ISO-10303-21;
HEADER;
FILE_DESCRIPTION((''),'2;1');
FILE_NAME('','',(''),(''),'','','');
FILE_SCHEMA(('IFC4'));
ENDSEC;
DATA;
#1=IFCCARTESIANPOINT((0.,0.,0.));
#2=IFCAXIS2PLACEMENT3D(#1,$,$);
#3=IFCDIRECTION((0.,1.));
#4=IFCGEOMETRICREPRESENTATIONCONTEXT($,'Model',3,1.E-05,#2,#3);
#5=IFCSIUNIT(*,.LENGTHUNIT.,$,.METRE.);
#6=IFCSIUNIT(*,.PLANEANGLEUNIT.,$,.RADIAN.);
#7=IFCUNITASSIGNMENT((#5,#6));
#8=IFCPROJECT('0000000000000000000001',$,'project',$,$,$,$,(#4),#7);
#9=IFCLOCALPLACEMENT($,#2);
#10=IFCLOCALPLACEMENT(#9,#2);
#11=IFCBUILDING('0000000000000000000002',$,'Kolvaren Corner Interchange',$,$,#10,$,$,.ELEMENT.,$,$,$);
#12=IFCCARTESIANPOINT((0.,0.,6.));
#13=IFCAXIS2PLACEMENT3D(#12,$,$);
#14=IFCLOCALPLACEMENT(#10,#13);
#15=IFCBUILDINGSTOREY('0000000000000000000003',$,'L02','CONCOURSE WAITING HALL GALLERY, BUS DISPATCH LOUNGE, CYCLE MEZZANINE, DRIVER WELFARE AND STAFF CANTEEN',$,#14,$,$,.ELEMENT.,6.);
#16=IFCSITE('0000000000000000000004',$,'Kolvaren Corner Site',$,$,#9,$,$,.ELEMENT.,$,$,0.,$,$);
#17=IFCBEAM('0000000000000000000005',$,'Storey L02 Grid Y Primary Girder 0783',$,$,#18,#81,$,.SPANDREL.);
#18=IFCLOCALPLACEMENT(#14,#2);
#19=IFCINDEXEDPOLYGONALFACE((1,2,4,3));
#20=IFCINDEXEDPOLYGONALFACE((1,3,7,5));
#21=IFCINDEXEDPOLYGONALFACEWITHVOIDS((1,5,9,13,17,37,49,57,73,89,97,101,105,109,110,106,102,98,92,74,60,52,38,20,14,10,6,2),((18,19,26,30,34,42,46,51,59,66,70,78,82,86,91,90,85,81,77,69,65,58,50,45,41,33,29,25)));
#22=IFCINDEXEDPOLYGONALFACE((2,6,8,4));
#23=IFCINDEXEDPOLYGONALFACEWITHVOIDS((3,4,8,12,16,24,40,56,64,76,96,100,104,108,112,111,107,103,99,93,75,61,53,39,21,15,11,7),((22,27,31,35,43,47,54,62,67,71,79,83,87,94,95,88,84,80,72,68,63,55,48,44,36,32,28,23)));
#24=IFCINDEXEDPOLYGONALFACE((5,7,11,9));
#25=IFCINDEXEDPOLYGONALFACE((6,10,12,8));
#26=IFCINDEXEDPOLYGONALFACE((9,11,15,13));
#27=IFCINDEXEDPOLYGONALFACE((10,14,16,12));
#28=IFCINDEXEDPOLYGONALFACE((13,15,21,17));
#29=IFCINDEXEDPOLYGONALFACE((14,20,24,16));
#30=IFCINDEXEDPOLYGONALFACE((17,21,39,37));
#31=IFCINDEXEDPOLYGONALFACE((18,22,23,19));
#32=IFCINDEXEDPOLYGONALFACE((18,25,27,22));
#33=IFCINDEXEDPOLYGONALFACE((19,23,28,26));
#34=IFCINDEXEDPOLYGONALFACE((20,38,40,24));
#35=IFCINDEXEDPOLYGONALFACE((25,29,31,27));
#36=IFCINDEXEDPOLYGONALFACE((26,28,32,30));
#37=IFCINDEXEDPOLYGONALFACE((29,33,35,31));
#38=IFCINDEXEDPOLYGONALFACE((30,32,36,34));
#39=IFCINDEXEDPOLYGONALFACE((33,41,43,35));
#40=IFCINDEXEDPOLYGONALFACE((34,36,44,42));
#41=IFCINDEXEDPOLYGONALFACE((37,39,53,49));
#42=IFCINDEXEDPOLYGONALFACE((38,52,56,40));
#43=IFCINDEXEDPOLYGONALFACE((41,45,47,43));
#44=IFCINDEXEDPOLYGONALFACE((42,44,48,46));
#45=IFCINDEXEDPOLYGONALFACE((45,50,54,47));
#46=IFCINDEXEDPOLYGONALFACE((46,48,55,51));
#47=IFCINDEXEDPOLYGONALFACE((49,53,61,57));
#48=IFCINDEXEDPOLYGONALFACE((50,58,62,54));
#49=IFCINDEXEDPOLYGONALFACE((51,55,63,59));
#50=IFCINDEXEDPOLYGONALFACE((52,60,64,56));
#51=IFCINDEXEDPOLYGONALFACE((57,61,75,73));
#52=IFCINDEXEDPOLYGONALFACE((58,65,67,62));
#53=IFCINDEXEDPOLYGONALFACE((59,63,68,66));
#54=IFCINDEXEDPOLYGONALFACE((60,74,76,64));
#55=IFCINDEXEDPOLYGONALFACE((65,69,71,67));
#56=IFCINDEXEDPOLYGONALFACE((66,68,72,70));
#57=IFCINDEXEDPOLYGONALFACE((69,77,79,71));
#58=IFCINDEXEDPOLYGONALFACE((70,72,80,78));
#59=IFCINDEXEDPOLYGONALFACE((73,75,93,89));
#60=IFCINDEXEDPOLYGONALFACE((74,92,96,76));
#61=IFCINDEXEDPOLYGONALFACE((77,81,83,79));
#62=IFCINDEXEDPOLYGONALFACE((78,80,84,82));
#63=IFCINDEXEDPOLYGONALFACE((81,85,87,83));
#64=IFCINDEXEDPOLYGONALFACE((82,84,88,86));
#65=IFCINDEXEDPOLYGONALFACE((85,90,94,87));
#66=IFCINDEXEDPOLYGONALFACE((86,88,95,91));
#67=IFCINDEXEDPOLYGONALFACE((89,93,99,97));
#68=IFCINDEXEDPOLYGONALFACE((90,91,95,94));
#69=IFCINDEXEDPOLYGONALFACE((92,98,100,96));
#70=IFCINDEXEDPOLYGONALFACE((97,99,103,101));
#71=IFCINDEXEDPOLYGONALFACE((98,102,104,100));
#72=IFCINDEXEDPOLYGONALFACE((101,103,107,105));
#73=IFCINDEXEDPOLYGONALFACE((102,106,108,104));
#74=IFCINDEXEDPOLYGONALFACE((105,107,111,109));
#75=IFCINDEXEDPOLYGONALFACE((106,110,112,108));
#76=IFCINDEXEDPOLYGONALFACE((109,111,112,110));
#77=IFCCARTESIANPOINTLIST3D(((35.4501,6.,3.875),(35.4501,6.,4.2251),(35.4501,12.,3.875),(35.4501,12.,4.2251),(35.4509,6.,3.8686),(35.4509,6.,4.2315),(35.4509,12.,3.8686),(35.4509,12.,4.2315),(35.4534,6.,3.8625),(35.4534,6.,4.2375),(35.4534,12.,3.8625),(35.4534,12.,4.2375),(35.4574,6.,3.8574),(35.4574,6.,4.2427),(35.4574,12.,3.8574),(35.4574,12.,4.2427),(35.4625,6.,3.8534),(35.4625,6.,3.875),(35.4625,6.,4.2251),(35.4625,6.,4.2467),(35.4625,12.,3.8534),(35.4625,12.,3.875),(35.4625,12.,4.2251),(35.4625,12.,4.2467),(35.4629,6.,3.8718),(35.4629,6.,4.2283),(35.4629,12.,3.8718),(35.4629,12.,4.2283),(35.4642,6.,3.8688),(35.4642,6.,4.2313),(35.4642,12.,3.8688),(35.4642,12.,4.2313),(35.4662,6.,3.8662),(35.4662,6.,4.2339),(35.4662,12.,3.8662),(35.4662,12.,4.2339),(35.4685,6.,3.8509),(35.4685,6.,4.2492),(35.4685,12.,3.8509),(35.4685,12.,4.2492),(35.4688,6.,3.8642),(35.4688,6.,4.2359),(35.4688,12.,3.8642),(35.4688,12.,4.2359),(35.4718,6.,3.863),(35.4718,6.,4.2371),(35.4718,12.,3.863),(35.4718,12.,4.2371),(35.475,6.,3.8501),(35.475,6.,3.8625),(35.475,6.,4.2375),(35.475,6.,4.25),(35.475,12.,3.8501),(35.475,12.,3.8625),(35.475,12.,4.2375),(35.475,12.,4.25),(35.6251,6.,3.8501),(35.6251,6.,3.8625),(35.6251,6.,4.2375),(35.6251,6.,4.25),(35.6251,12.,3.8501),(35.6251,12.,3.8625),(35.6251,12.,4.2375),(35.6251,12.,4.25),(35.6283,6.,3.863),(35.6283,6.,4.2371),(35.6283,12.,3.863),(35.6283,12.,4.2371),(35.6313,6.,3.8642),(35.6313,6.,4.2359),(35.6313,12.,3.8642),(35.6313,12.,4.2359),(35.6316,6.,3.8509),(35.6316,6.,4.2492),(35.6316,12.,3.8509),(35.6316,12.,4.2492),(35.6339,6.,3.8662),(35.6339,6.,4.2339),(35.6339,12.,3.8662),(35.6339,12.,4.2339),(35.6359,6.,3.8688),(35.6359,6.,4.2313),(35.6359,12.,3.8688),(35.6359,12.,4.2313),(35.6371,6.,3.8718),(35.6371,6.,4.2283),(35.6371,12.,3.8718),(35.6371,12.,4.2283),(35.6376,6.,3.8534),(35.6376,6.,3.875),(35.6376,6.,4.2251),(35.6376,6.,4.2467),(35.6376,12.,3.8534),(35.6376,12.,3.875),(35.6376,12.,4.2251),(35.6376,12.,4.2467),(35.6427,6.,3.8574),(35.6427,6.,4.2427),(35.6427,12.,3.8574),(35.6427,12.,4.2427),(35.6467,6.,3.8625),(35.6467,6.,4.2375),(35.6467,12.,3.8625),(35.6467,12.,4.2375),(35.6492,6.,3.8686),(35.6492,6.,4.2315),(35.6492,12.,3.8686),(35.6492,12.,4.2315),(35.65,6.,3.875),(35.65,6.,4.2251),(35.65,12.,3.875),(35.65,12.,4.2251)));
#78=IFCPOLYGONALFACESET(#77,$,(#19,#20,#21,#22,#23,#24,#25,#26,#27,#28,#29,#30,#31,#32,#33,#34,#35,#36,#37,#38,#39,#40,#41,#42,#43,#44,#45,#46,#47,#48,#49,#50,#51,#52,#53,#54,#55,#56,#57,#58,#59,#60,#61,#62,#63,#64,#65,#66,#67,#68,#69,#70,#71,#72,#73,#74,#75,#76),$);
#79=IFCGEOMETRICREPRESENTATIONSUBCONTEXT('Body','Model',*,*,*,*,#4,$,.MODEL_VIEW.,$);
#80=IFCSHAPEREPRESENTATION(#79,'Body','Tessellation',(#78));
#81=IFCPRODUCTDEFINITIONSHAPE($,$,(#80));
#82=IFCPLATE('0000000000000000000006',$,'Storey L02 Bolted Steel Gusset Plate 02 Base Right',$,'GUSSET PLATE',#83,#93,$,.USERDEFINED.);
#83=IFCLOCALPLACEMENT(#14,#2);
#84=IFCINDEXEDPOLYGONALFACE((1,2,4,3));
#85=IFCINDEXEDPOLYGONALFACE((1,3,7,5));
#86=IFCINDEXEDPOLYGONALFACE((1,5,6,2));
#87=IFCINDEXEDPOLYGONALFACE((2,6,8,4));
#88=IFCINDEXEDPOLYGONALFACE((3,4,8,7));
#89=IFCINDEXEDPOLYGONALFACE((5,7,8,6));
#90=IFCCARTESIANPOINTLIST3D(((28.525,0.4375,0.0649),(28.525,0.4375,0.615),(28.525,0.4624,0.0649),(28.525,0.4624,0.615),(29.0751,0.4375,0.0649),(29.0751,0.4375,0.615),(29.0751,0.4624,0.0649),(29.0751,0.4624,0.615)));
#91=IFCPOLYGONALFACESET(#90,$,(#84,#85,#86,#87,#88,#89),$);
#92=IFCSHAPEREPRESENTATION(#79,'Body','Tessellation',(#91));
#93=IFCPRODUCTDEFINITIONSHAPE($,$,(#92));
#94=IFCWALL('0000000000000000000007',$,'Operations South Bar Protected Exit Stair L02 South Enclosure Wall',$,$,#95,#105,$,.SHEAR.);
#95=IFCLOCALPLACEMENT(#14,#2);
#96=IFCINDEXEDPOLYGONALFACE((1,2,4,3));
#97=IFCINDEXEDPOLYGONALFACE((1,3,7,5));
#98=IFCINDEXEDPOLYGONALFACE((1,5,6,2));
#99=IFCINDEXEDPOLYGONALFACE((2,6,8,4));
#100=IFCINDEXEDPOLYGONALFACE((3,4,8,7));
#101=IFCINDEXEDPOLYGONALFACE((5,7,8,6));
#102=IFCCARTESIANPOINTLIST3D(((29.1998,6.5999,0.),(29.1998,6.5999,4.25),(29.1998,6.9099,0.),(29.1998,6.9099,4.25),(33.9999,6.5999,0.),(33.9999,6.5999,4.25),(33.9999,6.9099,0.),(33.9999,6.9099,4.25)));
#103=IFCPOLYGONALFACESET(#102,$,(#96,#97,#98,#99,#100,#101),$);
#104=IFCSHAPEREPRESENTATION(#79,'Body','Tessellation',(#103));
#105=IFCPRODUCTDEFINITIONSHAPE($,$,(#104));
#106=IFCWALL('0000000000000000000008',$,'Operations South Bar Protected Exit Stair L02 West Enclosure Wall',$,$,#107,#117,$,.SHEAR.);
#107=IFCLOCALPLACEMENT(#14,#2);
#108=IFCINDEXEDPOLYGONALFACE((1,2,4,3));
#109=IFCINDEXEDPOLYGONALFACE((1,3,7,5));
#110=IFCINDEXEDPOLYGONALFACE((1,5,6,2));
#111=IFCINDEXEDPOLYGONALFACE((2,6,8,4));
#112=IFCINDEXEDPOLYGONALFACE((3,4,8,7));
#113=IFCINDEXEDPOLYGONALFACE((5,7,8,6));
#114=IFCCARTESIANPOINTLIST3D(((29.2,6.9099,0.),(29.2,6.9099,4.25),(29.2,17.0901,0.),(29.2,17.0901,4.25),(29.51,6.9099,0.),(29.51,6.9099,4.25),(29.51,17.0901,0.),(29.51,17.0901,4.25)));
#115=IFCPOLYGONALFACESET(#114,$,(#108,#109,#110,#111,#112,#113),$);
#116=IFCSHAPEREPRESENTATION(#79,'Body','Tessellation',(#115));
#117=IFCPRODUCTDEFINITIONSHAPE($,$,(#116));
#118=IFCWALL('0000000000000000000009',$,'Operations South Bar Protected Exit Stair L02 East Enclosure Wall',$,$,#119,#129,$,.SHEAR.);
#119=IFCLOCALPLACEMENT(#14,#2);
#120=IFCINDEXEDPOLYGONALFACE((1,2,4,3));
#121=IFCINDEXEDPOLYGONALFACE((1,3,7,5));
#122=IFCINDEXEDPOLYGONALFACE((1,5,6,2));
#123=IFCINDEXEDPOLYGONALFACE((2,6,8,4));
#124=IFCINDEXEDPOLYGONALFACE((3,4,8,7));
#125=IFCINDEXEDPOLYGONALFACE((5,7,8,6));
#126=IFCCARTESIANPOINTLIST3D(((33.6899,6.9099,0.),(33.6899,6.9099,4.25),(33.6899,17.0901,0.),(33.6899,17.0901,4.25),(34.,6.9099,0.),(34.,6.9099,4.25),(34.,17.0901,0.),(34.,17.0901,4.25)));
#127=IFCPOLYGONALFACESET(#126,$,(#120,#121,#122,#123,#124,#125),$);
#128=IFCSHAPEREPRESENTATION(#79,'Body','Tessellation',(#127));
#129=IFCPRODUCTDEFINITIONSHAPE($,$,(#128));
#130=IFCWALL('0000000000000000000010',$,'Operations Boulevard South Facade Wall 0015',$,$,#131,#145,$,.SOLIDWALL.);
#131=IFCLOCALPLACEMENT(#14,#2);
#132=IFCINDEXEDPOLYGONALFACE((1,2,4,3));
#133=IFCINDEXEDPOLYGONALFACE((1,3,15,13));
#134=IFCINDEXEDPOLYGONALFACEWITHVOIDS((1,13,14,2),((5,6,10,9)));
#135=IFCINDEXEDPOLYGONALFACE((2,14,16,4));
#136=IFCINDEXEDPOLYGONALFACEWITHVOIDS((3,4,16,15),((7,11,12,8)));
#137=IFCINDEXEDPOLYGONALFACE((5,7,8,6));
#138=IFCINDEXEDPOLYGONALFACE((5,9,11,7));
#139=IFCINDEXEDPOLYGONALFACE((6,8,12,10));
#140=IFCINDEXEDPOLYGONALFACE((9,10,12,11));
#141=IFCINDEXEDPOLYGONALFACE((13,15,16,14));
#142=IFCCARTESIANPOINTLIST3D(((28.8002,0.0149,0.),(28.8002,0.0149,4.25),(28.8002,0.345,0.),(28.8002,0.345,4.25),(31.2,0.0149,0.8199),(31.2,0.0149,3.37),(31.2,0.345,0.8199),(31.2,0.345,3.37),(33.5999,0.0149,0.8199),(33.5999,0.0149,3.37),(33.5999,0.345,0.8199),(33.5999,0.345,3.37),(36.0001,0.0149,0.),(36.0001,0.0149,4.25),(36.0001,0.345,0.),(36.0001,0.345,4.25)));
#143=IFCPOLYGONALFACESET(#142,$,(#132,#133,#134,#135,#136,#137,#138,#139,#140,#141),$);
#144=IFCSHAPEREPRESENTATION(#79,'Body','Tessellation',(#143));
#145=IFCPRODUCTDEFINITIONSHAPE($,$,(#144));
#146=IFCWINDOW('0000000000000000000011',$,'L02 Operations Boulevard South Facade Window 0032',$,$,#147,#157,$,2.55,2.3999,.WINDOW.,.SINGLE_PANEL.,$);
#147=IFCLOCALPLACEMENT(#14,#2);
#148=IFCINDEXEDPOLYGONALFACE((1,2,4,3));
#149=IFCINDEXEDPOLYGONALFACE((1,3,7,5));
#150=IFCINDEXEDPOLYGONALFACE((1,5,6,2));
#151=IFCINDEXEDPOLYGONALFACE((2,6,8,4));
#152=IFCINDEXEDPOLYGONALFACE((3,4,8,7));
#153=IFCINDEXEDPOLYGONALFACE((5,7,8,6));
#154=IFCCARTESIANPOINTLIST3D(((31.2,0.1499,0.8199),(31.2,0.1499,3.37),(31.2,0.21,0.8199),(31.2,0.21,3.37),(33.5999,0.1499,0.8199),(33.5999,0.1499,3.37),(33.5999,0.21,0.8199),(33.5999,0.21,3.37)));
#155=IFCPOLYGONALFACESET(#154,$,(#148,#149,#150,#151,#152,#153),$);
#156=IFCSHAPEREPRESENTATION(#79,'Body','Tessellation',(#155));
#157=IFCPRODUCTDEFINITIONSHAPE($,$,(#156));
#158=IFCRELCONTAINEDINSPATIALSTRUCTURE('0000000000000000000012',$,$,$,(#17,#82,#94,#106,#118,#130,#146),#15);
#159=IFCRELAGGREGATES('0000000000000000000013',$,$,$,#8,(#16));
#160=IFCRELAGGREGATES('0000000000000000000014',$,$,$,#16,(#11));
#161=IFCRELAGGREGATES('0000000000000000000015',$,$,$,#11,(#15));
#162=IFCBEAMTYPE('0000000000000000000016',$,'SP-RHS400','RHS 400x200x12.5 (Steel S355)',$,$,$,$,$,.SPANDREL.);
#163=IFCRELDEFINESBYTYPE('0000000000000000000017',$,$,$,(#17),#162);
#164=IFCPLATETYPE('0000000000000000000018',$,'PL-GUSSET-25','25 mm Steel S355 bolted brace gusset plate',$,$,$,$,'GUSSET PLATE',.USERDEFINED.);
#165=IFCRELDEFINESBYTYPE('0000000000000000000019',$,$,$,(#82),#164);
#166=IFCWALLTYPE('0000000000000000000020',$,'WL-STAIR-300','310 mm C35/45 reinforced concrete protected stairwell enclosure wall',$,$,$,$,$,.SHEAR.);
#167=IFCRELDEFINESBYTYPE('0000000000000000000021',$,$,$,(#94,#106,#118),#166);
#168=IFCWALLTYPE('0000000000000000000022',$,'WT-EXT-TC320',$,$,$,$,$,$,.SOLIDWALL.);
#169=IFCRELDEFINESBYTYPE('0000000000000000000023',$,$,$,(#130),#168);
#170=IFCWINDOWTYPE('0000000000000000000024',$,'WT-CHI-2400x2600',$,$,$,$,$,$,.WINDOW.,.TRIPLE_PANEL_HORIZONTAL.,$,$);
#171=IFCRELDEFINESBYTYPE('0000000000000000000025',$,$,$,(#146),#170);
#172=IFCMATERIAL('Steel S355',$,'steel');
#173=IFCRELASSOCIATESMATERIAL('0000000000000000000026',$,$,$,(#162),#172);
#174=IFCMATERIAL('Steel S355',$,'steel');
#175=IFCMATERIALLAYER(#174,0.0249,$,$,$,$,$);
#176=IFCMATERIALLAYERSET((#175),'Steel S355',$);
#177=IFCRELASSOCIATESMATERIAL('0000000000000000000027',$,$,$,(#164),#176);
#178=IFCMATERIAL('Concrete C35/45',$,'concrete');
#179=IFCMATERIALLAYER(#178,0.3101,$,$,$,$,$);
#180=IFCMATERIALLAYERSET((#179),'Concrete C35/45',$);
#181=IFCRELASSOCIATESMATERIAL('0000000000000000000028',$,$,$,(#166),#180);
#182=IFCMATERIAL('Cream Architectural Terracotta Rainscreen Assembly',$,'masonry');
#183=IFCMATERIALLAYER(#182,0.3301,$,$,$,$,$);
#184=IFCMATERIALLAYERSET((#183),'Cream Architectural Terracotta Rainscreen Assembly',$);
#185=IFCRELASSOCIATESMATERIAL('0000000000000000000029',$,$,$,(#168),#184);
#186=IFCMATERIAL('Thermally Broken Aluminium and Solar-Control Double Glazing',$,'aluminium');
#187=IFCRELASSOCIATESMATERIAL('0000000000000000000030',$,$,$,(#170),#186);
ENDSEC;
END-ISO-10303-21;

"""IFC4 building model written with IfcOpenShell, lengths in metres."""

from ifc_helpers import new_model, si_unit, direction, frame, frame_2d, origin, origin_2d, place, context, subcontext, project, spatial, rectangle, hollow_rectangle, extrude, material, layer, layer_set, material_profile, profile_set, type_object, element, fill, save


model = new_model("IFC4")

# Units and contexts
model_context = context("Model", 3, precision=1e-05, world=origin(), true_north=direction((0.0, 1.0)))
body_context = subcontext(model_context, "Body", "Model", "MODEL_VIEW")
ifc_project = project(units=[si_unit("LENGTHUNIT", "METRE"), si_unit("PLANEANGLEUNIT", "RADIAN")], contexts=[model_context])

# Site, building, storey
site_placement = place(None, origin())
site = spatial("IfcSite", under=ifc_project, at=site_placement, Name="Kolvaren Corner Site", CompositionType="ELEMENT", RefElevation=0.0)
building_placement = place(site_placement, origin())
building = spatial("IfcBuilding", under=site, at=building_placement, Name="Kolvaren Corner Interchange", CompositionType="ELEMENT")
storey_placement = place(building_placement, frame((0.0, 0.0, 6.0)))
storey = spatial("IfcBuildingStorey", under=building, at=storey_placement, Name="L02", Description="CONCOURSE WAITING HALL GALLERY, BUS DISPATCH LOUNGE, CYCLE MEZZANINE, DRIVER WELFARE AND STAFF CANTEEN", CompositionType="ELEMENT", Elevation=6.0)

# Beam
ifc_material_1 = material(Name="Steel S355", Category="steel")
ifc_material_profile_1 = material_profile(ifc_material_1, hollow_rectangle(XDim=0.2, YDim=0.3999, WallThickness=0.0125, InnerFilletRadius=0.0125, OuterFilletRadius=0.0249, at=origin_2d()), Name="RHS 400x200x12.5")
ifc_profile_set_1 = profile_set([ifc_material_profile_1], Name="Steel S355")
beam_type_1 = type_object("IfcBeamType", Name="SP-RHS400", Description="RHS 400x200x12.5 (Steel S355)", PredefinedType="SPANDREL", material=ifc_profile_set_1)
beam_1_placement = place(storey_placement, frame((35.55, 6.0, 4.05), z_axis=(0.0, 1.0, 0.0), x_axis=(-1.0, 0.0, 0.0)))
element("IfcBeam", 1, at=beam_1_placement, inside=storey, type_object=beam_type_1, Name="Storey L02 Grid Y Primary Girder 0783", PredefinedType="SPANDREL", context=body_context, shape_type="SweptSolid", body=[
    extrude(hollow_rectangle(XDim=0.2, YDim=0.3999, WallThickness=0.0125, InnerFilletRadius=0.0125, OuterFilletRadius=0.0249, at=origin_2d()), origin(), (0.0, 0.0, 1.0), 6.0),
])

# Plate
ifc_material_2 = material(Name="Steel S355", Category="steel")
ifc_layer_1 = layer(ifc_material_2, 0.0249)
ifc_layer_set_1 = layer_set([ifc_layer_1], Name="Steel S355")
plate_type = type_object("IfcPlateType", Name="PL-GUSSET-25", Description="25 mm Steel S355 bolted brace gusset plate", ElementType="GUSSET PLATE", PredefinedType="USERDEFINED", material=ifc_layer_set_1)
plate_placement = place(storey_placement, frame((28.8, 0.45, 0.0649), z_axis=(0.0, 0.0, 1.0), x_axis=(1.0, 0.0, 0.0)))
element("IfcPlate", 2, at=plate_placement, inside=storey, type_object=plate_type, Name="Storey L02 Bolted Steel Gusset Plate 02 Base Right", ObjectType="GUSSET PLATE", PredefinedType="USERDEFINED", context=body_context, shape_type="SweptSolid", body=[
    extrude(rectangle(XDim=0.55, YDim=0.0249, at=origin_2d()), origin(), (0.0, 0.0, 1.0), 0.55),
])

# Walls
ifc_material_3 = material(Name="Concrete C35/45", Category="concrete")
ifc_layer_2 = layer(ifc_material_3, 0.3101)
ifc_layer_set_2 = layer_set([ifc_layer_2], Name="Concrete C35/45")
wall_type_1 = type_object("IfcWallType", Name="WL-STAIR-300", Description="310 mm C35/45 reinforced concrete protected stairwell enclosure wall", PredefinedType="SHEAR", material=ifc_layer_set_2)
wall_1_placement = place(storey_placement, frame((29.2, 6.7549, 0.0), z_axis=(0.0, 0.0, 1.0), x_axis=(1.0, 0.0, 0.0)))
element("IfcWall", 3, at=wall_1_placement, inside=storey, type_object=wall_type_1, Name="Operations South Bar Protected Exit Stair L02 South Enclosure Wall", PredefinedType="SHEAR", context=body_context, shape_type="SweptSolid", body=[
    extrude(rectangle(XDim=4.8, YDim=0.3101, at=frame_2d((2.3999, 0.0))), origin(), (0.0, 0.0, 1.0), 4.25),
])
for number, where, z_axis, x_axis, name in (
    (4, (29.355, 6.9099, 0.0), (0.0, 0.0, 1.0), (0.0, 1.0, 0.0), "Operations South Bar Protected Exit Stair L02 West Enclosure Wall"),
    (5, (33.845, 6.9099, 0.0), (0.0, 0.0, 1.0), (0.0, 1.0, 0.0), "Operations South Bar Protected Exit Stair L02 East Enclosure Wall"),
):
    element("IfcWall", number, at=place(storey_placement, frame(where, z_axis=z_axis, x_axis=x_axis)), inside=storey, type_object=wall_type_1, Name=name, PredefinedType="SHEAR", context=body_context, shape_type="SweptSolid", body=[
        extrude(rectangle(XDim=10.1802, YDim=0.3101, at=frame_2d((5.0901, 0.0))), origin(), (0.0, 0.0, 1.0), 4.25),
    ])

# Wall, opening, window
ifc_material_4 = material(Name="Cream Architectural Terracotta Rainscreen Assembly", Category="masonry")
ifc_layer_3 = layer(ifc_material_4, 0.3301)
ifc_layer_set_3 = layer_set([ifc_layer_3], Name="Cream Architectural Terracotta Rainscreen Assembly")
wall_type_2 = type_object("IfcWallType", Name="WT-EXT-TC320", PredefinedType="SOLIDWALL", material=ifc_layer_set_3)
wall_2_placement = place(storey_placement, frame((28.8, 0.1799, 0.0), z_axis=(0.0, 0.0, 1.0), x_axis=(1.0, 0.0, 0.0)))
wall_2 = element("IfcWall", 6, at=wall_2_placement, inside=storey, type_object=wall_type_2, Name="Operations Boulevard South Facade Wall 0015", PredefinedType="SOLIDWALL", context=body_context, shape_type="SweptSolid", body=[
    extrude(rectangle(XDim=7.2, YDim=0.3301, at=frame_2d((3.6001, 0.0))), origin(), (0.0, 0.0, 1.0), 4.25),
])
opening_1_placement = place(wall_2_placement, frame((2.3999, 0.0, 0.8201)))
opening_1 = element("IfcOpeningElement", 7, at=opening_1_placement, cuts=wall_2, PredefinedType="OPENING", context=body_context, shape_type="SweptSolid", body=[
    extrude(rectangle(XDim=2.3999, YDim=2.55, at=frame_2d((1.2, 1.2749))), frame((0.0, 0.175, 0.0), z_axis=(0.0, -1.0, 0.0), x_axis=(1.0, 0.0, 0.0)), (0.0, 0.0, 1.0), 0.3501),
])
ifc_material_5 = material(Name="Thermally Broken Aluminium and Solar-Control Double Glazing", Category="aluminium")
window_type_1 = type_object("IfcWindowType", Name="WT-CHI-2400x2600", PartitioningType="TRIPLE_PANEL_HORIZONTAL", PredefinedType="WINDOW", material=ifc_material_5)
window_1_placement = place(opening_1_placement, origin())
window_1 = element("IfcWindow", 8, at=window_1_placement, inside=storey, type_object=window_type_1, Name="L02 Operations Boulevard South Facade Window 0032", OverallHeight=2.55, OverallWidth=2.3999, PartitioningType="SINGLE_PANEL", PredefinedType="WINDOW", context=body_context, shape_type="SweptSolid", body=[
    extrude(rectangle(XDim=2.3999, YDim=2.55, at=frame_2d((1.2, 1.2749))), frame((0.0, 0.03, 0.0), z_axis=(0.0, -1.0, 0.0), x_axis=(1.0, 0.0, 0.0)), (0.0, 0.0, 1.0), 0.0601),
])
fill(opening_1, window_1)

save(model, "model.ifc")
